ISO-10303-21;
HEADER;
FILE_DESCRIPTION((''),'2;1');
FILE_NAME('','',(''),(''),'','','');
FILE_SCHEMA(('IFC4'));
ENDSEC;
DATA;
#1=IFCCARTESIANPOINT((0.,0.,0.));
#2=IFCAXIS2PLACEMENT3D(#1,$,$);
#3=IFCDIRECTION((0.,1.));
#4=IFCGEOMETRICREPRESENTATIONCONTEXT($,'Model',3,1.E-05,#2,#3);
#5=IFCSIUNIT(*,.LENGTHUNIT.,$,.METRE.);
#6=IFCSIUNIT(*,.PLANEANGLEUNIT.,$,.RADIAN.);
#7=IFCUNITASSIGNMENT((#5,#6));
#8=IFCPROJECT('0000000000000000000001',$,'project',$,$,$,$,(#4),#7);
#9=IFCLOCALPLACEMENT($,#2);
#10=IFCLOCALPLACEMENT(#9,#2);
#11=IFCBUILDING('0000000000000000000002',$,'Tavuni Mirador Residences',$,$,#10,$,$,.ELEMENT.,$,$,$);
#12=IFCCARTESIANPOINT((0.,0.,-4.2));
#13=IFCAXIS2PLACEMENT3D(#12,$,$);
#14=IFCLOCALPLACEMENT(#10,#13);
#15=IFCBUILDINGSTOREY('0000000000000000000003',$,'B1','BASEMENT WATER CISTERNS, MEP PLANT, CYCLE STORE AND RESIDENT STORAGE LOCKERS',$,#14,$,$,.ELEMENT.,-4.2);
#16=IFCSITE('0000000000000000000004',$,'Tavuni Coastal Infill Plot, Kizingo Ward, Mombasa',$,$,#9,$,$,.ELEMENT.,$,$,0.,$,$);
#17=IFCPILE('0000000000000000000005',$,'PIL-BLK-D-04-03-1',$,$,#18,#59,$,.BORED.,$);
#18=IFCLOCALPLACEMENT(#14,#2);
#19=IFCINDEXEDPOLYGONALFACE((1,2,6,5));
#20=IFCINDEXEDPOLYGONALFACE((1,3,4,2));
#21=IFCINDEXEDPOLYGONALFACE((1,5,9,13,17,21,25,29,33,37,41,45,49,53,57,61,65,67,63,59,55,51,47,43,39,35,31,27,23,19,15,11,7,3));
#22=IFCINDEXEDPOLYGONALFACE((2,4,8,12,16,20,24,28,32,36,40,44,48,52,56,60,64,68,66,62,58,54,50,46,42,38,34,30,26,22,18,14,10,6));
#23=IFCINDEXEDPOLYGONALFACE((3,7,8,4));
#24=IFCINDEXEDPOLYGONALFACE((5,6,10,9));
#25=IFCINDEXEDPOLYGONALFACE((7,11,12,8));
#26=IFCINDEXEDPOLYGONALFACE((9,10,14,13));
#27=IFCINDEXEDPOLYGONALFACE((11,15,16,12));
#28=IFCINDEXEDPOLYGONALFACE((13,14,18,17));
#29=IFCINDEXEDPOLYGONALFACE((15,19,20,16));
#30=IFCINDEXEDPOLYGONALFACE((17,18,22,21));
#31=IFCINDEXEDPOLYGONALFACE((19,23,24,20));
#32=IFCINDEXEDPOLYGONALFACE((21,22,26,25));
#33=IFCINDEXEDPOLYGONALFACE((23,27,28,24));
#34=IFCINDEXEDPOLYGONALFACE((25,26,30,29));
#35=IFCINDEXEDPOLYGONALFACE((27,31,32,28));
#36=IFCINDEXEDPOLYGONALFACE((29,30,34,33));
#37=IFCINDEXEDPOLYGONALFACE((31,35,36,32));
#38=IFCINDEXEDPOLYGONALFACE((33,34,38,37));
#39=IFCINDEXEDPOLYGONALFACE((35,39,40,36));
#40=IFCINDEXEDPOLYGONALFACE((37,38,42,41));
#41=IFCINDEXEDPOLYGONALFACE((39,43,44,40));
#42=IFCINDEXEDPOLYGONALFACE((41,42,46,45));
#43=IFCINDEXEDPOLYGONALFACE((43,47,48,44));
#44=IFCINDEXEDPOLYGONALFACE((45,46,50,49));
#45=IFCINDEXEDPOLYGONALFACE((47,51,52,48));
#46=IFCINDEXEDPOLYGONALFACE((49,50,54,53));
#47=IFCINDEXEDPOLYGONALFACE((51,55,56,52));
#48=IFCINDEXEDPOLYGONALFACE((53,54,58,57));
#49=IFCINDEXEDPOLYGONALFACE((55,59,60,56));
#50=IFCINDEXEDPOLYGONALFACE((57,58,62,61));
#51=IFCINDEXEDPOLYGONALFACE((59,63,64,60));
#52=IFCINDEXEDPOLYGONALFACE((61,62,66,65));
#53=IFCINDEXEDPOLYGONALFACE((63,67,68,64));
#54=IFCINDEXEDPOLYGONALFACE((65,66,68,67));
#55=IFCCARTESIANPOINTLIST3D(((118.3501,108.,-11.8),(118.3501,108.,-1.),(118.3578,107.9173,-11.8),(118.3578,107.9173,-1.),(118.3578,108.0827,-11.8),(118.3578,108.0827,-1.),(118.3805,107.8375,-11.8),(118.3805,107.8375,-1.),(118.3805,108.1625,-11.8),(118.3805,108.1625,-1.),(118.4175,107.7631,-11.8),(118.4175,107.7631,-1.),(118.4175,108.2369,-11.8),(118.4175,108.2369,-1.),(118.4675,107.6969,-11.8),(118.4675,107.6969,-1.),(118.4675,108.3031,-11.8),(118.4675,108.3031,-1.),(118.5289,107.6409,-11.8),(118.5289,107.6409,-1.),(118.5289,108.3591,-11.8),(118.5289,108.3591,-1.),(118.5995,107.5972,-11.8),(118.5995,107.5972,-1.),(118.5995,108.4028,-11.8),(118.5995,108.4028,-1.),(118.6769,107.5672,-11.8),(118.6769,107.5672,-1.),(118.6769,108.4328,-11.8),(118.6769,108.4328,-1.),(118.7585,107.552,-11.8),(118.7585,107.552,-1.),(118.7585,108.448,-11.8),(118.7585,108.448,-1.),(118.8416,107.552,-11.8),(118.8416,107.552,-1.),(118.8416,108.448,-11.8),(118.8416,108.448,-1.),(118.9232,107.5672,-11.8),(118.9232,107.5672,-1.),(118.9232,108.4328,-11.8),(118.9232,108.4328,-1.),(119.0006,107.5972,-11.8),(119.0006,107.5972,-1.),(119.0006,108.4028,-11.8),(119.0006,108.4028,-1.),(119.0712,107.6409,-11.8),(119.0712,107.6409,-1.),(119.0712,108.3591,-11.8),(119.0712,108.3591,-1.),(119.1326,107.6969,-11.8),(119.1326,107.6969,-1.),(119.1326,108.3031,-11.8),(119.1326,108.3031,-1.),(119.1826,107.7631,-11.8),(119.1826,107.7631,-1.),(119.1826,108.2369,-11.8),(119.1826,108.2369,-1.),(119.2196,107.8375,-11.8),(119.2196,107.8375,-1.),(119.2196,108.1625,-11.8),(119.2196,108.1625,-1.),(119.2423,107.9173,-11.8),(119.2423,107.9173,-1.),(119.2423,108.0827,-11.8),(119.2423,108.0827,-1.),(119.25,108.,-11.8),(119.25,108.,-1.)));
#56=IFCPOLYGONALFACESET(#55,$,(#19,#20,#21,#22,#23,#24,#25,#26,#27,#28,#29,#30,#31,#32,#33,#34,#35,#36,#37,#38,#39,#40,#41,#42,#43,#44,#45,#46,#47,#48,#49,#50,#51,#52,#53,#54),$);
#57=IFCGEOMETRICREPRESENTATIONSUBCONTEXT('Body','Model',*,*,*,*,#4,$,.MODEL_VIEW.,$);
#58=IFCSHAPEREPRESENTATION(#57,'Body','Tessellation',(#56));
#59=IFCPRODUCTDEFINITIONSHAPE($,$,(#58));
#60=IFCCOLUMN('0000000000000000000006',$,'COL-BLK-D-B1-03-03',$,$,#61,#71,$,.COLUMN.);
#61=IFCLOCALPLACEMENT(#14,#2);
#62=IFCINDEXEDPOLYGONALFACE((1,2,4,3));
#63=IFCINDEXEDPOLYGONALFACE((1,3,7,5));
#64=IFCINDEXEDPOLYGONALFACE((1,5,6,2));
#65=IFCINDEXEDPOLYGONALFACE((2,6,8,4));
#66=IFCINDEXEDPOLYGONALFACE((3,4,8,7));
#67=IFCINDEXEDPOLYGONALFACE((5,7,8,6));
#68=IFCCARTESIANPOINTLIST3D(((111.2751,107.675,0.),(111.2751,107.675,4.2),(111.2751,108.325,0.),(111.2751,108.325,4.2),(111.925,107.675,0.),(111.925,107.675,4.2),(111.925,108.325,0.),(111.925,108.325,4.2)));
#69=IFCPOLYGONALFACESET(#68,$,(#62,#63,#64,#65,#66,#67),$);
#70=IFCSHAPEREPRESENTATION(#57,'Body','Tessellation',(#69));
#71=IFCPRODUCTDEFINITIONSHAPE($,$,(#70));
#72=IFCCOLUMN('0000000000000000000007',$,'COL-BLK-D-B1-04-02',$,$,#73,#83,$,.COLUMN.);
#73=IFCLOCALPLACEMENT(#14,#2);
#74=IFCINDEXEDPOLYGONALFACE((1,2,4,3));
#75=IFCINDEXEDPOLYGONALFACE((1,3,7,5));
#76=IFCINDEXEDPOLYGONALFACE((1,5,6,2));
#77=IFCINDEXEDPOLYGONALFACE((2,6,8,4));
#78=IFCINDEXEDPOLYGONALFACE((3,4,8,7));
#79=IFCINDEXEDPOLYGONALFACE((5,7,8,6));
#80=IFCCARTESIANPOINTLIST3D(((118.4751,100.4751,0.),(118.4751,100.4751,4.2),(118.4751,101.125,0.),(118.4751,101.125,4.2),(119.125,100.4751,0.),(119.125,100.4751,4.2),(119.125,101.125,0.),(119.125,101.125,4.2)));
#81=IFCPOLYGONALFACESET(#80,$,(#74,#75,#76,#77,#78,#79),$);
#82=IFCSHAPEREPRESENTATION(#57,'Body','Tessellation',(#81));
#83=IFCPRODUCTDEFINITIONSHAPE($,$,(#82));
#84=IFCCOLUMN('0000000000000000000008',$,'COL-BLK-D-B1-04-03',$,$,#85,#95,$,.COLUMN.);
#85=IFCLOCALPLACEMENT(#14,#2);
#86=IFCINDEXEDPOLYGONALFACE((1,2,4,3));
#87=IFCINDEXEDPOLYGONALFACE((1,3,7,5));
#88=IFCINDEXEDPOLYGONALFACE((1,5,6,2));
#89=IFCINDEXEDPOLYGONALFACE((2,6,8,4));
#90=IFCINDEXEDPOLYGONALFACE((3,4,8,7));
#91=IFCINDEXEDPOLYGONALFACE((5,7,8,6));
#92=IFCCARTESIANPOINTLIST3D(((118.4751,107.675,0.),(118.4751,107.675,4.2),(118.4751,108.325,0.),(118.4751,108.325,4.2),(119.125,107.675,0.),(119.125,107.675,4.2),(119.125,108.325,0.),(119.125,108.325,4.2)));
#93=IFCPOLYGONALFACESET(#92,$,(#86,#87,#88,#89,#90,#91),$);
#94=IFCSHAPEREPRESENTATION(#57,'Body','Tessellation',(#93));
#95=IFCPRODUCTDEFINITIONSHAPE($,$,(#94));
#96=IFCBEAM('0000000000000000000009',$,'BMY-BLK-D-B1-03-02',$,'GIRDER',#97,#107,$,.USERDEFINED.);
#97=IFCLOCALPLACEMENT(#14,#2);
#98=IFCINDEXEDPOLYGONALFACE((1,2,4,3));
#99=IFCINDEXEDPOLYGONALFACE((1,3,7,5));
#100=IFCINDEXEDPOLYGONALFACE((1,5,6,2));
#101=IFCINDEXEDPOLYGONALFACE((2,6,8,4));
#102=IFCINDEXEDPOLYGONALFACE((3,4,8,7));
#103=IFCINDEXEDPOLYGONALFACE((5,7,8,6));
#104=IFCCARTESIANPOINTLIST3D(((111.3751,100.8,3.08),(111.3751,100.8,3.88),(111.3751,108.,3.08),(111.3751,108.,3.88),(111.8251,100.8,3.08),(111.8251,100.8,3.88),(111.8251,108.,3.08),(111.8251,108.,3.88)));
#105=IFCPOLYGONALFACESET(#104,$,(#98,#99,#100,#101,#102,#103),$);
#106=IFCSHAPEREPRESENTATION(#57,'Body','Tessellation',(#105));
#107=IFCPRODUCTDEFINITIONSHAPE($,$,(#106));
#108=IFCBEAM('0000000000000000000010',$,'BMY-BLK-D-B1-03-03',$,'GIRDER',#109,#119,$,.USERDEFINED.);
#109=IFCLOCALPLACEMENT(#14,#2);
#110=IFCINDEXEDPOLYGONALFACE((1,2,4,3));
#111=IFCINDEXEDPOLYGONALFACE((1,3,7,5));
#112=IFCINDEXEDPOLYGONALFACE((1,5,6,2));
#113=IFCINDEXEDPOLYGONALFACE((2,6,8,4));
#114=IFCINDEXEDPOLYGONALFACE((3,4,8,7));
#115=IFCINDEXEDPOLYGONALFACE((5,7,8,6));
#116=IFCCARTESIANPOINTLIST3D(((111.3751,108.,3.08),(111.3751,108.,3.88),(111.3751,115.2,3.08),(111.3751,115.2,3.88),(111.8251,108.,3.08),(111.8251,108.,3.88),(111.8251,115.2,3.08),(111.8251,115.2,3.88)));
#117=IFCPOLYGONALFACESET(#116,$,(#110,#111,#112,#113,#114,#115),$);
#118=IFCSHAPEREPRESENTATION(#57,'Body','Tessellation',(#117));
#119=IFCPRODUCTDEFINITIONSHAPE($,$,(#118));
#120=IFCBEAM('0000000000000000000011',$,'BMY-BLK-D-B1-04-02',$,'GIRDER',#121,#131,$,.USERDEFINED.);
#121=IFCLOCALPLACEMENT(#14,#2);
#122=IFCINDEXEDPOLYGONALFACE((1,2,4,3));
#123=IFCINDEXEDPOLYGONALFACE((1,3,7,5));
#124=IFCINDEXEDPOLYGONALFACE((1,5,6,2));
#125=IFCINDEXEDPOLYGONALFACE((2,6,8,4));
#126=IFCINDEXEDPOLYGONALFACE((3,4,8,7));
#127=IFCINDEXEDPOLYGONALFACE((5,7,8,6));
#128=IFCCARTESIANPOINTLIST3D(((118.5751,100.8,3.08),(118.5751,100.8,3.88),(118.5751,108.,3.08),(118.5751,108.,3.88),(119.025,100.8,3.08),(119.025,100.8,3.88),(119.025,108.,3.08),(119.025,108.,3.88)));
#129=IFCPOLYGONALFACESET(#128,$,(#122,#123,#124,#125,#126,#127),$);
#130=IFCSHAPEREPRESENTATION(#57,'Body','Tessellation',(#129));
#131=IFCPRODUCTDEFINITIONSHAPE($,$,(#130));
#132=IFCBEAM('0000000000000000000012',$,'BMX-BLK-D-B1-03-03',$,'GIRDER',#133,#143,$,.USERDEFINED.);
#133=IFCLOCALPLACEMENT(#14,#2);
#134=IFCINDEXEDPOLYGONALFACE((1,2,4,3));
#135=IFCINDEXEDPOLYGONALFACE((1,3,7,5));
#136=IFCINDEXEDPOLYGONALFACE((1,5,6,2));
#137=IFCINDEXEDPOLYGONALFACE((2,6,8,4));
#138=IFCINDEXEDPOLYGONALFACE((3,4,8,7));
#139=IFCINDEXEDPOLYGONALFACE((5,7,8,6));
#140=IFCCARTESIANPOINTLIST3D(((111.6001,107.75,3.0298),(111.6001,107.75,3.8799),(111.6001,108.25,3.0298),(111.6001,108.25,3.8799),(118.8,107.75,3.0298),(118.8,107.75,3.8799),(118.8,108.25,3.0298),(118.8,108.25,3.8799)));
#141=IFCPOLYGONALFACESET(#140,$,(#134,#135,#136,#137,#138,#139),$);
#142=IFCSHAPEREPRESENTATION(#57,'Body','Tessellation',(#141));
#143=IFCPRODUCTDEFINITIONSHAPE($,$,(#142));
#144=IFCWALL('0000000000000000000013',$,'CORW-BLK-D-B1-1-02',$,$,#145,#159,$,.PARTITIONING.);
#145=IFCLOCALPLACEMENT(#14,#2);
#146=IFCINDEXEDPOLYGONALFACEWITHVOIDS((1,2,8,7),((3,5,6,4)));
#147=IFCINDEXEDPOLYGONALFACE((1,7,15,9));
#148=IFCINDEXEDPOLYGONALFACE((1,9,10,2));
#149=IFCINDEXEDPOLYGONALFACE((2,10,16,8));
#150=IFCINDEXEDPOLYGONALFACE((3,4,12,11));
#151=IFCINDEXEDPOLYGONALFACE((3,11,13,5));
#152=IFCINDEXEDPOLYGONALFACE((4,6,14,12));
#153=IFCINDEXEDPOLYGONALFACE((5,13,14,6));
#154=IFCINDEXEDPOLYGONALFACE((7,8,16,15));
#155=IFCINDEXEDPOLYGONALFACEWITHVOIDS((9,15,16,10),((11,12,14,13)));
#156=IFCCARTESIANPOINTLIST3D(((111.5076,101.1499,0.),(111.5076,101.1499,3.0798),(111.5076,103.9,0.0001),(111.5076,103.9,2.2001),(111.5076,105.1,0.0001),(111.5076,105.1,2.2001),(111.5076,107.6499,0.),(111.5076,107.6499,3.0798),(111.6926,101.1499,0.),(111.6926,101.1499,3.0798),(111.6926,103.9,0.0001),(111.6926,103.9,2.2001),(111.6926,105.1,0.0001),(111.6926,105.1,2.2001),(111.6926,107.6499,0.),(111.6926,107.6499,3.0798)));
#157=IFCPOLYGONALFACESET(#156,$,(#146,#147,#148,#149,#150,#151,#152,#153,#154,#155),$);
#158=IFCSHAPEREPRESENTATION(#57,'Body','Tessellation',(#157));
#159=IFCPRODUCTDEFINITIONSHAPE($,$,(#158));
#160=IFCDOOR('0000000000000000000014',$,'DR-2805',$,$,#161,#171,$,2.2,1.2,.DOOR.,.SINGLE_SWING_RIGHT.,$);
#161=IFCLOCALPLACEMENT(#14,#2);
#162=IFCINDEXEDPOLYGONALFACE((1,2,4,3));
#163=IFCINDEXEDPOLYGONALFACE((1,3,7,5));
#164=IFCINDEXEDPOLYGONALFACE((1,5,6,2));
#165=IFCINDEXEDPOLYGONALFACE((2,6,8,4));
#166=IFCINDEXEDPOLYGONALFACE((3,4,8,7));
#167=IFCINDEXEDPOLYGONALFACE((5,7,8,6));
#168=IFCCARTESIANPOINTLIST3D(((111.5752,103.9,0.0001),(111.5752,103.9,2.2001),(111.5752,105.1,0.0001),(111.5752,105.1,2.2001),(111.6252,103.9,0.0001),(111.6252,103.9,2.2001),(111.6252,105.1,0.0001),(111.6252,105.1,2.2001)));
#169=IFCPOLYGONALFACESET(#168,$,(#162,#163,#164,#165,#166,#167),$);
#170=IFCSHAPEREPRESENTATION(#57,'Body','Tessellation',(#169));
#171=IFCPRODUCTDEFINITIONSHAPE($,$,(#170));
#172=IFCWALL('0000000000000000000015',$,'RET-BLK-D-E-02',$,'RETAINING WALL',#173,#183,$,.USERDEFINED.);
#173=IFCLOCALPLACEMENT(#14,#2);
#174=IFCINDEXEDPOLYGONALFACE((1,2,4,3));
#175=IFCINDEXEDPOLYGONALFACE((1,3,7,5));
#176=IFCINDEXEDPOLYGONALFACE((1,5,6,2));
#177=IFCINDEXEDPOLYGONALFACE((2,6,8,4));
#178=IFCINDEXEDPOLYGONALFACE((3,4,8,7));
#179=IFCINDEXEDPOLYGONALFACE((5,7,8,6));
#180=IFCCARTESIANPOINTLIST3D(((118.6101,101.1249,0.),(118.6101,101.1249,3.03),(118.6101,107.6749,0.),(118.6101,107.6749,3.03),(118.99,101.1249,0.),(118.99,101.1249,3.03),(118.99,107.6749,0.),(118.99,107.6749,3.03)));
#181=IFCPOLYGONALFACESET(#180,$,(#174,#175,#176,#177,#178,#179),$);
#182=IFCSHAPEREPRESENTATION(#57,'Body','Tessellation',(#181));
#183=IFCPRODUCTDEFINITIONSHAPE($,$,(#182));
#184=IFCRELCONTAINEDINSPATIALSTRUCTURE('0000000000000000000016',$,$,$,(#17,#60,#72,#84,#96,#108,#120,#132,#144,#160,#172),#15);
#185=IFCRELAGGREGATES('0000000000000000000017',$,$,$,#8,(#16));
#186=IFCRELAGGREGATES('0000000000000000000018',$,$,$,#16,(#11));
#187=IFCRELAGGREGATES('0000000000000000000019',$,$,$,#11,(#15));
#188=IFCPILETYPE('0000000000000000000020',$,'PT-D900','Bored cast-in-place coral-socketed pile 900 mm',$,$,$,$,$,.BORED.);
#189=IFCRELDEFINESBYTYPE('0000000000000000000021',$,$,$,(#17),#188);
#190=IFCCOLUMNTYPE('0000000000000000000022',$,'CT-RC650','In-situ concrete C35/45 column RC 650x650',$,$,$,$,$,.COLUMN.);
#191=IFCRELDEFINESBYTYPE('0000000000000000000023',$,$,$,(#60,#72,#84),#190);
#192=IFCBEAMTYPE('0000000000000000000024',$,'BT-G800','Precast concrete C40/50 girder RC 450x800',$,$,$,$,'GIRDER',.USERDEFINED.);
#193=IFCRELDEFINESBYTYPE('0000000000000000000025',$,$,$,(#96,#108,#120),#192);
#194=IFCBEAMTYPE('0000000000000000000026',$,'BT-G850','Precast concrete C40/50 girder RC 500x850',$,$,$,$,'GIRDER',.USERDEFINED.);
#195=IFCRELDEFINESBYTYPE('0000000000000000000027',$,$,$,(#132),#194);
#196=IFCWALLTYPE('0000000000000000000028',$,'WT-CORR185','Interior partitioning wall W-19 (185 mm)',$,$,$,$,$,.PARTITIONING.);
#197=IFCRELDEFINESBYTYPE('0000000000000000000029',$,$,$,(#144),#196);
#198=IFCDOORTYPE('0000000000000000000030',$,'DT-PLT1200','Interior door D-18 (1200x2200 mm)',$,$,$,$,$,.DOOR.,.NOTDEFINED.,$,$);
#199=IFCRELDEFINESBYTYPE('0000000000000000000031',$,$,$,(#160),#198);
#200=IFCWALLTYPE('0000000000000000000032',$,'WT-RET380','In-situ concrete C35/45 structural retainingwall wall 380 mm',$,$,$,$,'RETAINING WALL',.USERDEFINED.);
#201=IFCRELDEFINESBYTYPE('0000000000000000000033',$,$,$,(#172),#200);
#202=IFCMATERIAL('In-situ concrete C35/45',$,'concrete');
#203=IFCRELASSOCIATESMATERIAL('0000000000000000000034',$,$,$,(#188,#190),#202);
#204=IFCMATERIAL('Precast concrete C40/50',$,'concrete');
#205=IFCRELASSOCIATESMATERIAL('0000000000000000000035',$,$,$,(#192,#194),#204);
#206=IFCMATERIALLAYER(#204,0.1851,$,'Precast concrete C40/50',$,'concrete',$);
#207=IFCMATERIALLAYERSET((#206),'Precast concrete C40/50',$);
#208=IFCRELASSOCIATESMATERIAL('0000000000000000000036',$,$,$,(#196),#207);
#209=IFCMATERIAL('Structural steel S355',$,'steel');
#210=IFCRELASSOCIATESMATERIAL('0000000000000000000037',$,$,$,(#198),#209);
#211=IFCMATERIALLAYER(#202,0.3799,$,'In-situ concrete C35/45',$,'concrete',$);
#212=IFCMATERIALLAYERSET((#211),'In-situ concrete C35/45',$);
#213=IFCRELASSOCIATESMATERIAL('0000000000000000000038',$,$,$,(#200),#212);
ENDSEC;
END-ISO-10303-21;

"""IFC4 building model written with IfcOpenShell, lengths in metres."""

from ifc_helpers import new_model, si_unit, direction, frame, frame_2d, origin, origin_2d, place, context, subcontext, project, spatial, rectangle, circle, extrude, material, layer, layer_set, material_profile, profile_set, type_object, element, fill, save


model = new_model("IFC4")

# Units and contexts
model_context = context("Model", 3, precision=1e-05, world=origin(), true_north=direction((0.0, 1.0)))
body_context = subcontext(model_context, "Body", "Model", "MODEL_VIEW")
ifc_project = project(units=[si_unit("LENGTHUNIT", "METRE"), si_unit("PLANEANGLEUNIT", "RADIAN")], contexts=[model_context])

# Site, building, storey
site_placement = place(None, origin())
site = spatial("IfcSite", under=ifc_project, at=site_placement, Name="Tavuni Coastal Infill Plot, Kizingo Ward, Mombasa", CompositionType="ELEMENT", RefElevation=0.0)
building_placement = place(site_placement, origin())
building = spatial("IfcBuilding", under=site, at=building_placement, Name="Tavuni Mirador Residences", CompositionType="ELEMENT")
storey_placement = place(building_placement, frame((0.0, 0.0, -4.2)))
storey = spatial("IfcBuildingStorey", under=building, at=storey_placement, Name="B1", Description="BASEMENT WATER CISTERNS, MEP PLANT, CYCLE STORE AND RESIDENT STORAGE LOCKERS", CompositionType="ELEMENT", Elevation=-4.2)

# Shared definitions
ifc_material_1 = material(Name="In-situ concrete C35/45", Category="concrete")

# Pile
ifc_material_profile_1 = material_profile(ifc_material_1, circle(Radius=0.45, at=origin_2d()), Name="PILE D900", Category="concrete")
ifc_profile_set_1 = profile_set([ifc_material_profile_1], Name="In-situ concrete C35/45")
pile_type_1 = type_object("IfcPileType", Name="PT-D900", Description="Bored cast-in-place coral-socketed pile 900 mm", PredefinedType="BORED", material=ifc_profile_set_1)
pile_1_placement = place(storey_placement, frame((118.8, 108.0, -1.0), z_axis=(0.0, 0.0, -1.0), x_axis=(1.0, 0.0, 0.0)))
element("IfcPile", 1, at=pile_1_placement, inside=storey, type_object=pile_type_1, Name="PIL-BLK-D-04-03-1", PredefinedType="BORED", context=body_context, shape_type="SweptSolid", body=[
    extrude(circle(Radius=0.45, at=origin_2d()), origin(), (0.0, 0.0, 1.0), 10.8),
])

# Columns
ifc_material_profile_2 = material_profile(ifc_material_1, rectangle(XDim=0.6499, YDim=0.6499, at=origin_2d()), Name="RC 650x650", Category="concrete")
ifc_profile_set_2 = profile_set([ifc_material_profile_2], Name="In-situ concrete C35/45")
column_type = type_object("IfcColumnType", Name="CT-RC650", Description="In-situ concrete C35/45 column RC 650x650", PredefinedType="COLUMN", material=ifc_profile_set_2)
for number, where, z_axis, x_axis, name in (
    (2, (111.6001, 108.0, 0.0), (0.0, 0.0, 1.0), (1.0, 0.0, 0.0), "COL-BLK-D-B1-03-03"),
    (3, (118.8, 100.8, 0.0), (0.0, 0.0, 1.0), (1.0, 0.0, 0.0), "COL-BLK-D-B1-04-02"),
    (4, (118.8, 108.0, 0.0), (0.0, 0.0, 1.0), (1.0, 0.0, 0.0), "COL-BLK-D-B1-04-03"),
):
    element("IfcColumn", number, at=place(storey_placement, frame(where, z_axis=z_axis, x_axis=x_axis)), inside=storey, type_object=column_type, Name=name, PredefinedType="COLUMN", context=body_context, shape_type="SweptSolid", body=[
        extrude(rectangle(XDim=0.6499, YDim=0.6499, at=origin_2d()), origin(), (0.0, 0.0, 1.0), 4.2),
    ])

# Beams
ifc_material_2 = material(Name="Precast concrete C40/50", Category="concrete")
ifc_material_profile_3 = material_profile(ifc_material_2, rectangle(XDim=0.45, YDim=0.8, at=origin_2d()), Name="RC 450x800", Category="concrete")
ifc_profile_set_3 = profile_set([ifc_material_profile_3], Name="Precast concrete C40/50")
beam_type_1 = type_object("IfcBeamType", Name="BT-G800", Description="Precast concrete C40/50 girder RC 450x800", ElementType="GIRDER", PredefinedType="USERDEFINED", material=ifc_profile_set_3)
for number, where, z_axis, x_axis, name in (
    (5, (111.6001, 100.8, 3.48), (0.0, 1.0, 0.0), (-1.0, 0.0, 0.0), "BMY-BLK-D-B1-03-02"),
    (6, (111.6001, 108.0, 3.48), (0.0, 1.0, 0.0), (-1.0, 0.0, 0.0), "BMY-BLK-D-B1-03-03"),
    (7, (118.8, 100.8, 3.48), (0.0, 1.0, 0.0), (-1.0, 0.0, 0.0), "BMY-BLK-D-B1-04-02"),
):
    element("IfcBeam", number, at=place(storey_placement, frame(where, z_axis=z_axis, x_axis=x_axis)), inside=storey, type_object=beam_type_1, Name=name, ObjectType="GIRDER", PredefinedType="USERDEFINED", context=body_context, shape_type="SweptSolid", body=[
        extrude(rectangle(XDim=0.45, YDim=0.8, at=origin_2d()), origin(), (0.0, 0.0, 1.0), 7.2),
    ])
ifc_material_profile_4 = material_profile(ifc_material_2, rectangle(XDim=0.5, YDim=0.8501, at=origin_2d()), Name="RC 500x850", Category="concrete")
ifc_profile_set_4 = profile_set([ifc_material_profile_4], Name="Precast concrete C40/50")
beam_type_2 = type_object("IfcBeamType", Name="BT-G850", Description="Precast concrete C40/50 girder RC 500x850", ElementType="GIRDER", PredefinedType="USERDEFINED", material=ifc_profile_set_4)
beam_placement = place(storey_placement, frame((111.6001, 108.0, 3.4548), z_axis=(1.0, 0.0, 0.0), x_axis=(0.0, 1.0, 0.0)))
element("IfcBeam", 8, at=beam_placement, inside=storey, type_object=beam_type_2, Name="BMX-BLK-D-B1-03-03", ObjectType="GIRDER", PredefinedType="USERDEFINED", context=body_context, shape_type="SweptSolid", body=[
    extrude(rectangle(XDim=0.5, YDim=0.8501, at=origin_2d()), origin(), (0.0, 0.0, 1.0), 7.2),
])

# Wall, opening, door
ifc_layer_1 = layer(ifc_material_2, 0.1851, Name="Precast concrete C40/50", Category="concrete")
ifc_layer_set_1 = layer_set([ifc_layer_1], Name="Precast concrete C40/50")
wall_type_1 = type_object("IfcWallType", Name="WT-CORR185", Description="Interior partitioning wall W-19 (185 mm)", PredefinedType="PARTITIONING", material=ifc_layer_set_1)
wall_1_placement = place(storey_placement, frame((111.6001, 101.1499, 0.0), z_axis=(0.0, 0.0, 1.0), x_axis=(0.0, 1.0, 0.0)))
wall_1 = element("IfcWall", 9, at=wall_1_placement, inside=storey, type_object=wall_type_1, Name="CORW-BLK-D-B1-1-02", PredefinedType="PARTITIONING", context=body_context, shape_type="SweptSolid", body=[
    extrude(rectangle(XDim=6.5, YDim=0.1851, at=frame_2d((3.25, 0.0))), origin(), (0.0, 0.0, 1.0), 3.0798),
])
opening_1_placement = place(wall_1_placement, frame((2.75, 0.0, 0.0)))
opening_1 = element("IfcOpeningElement", 10, at=opening_1_placement, cuts=wall_1, PredefinedType="OPENING", context=body_context, shape_type="SweptSolid", body=[
    extrude(rectangle(XDim=1.2, YDim=2.2, at=frame_2d((0.6001, 1.1001))), frame((0.0, 0.1025, 0.0), z_axis=(0.0, -1.0, 0.0), x_axis=(1.0, 0.0, 0.0)), (0.0, 0.0, 1.0), 0.2051),
])
ifc_material_3 = material(Name="Structural steel S355", Category="steel")
door_type_1 = type_object("IfcDoorType", Name="DT-PLT1200", Description="Interior door D-18 (1200x2200 mm)", OperationType="NOTDEFINED", PredefinedType="DOOR", material=ifc_material_3)
door_1_placement = place(opening_1_placement, origin())
door_1 = element("IfcDoor", 11, at=door_1_placement, inside=storey, type_object=door_type_1, Name="DR-2805", OperationType="SINGLE_SWING_RIGHT", OverallHeight=2.2, OverallWidth=1.2, PredefinedType="DOOR", context=body_context, shape_type="SweptSolid", body=[
    extrude(rectangle(XDim=1.2, YDim=2.2, at=frame_2d((0.6001, 1.1001))), frame((0.0, 0.0249, 0.0), z_axis=(0.0, -1.0, 0.0), x_axis=(1.0, 0.0, 0.0)), (0.0, 0.0, 1.0), 0.05),
])
fill(opening_1, door_1)

# Wall
ifc_layer_2 = layer(ifc_material_1, 0.3799, Name="In-situ concrete C35/45", Category="concrete")
ifc_layer_set_2 = layer_set([ifc_layer_2], Name="In-situ concrete C35/45")
wall_type_2 = type_object("IfcWallType", Name="WT-RET380", Description="In-situ concrete C35/45 structural retainingwall wall 380 mm", ElementType="RETAINING WALL", PredefinedType="USERDEFINED", material=ifc_layer_set_2)
wall_2_placement = place(storey_placement, frame((118.8, 101.125, 0.0), z_axis=(0.0, 0.0, 1.0), x_axis=(0.0, 1.0, 0.0)))
element("IfcWall", 12, at=wall_2_placement, inside=storey, type_object=wall_type_2, Name="RET-BLK-D-E-02", ObjectType="RETAINING WALL", PredefinedType="USERDEFINED", context=body_context, shape_type="SweptSolid", body=[
    extrude(rectangle(XDim=6.55, YDim=0.3799, at=frame_2d((3.2749, 0.0))), origin(), (0.0, 0.0, 1.0), 3.03),
])

save(model, "model.ifc")
